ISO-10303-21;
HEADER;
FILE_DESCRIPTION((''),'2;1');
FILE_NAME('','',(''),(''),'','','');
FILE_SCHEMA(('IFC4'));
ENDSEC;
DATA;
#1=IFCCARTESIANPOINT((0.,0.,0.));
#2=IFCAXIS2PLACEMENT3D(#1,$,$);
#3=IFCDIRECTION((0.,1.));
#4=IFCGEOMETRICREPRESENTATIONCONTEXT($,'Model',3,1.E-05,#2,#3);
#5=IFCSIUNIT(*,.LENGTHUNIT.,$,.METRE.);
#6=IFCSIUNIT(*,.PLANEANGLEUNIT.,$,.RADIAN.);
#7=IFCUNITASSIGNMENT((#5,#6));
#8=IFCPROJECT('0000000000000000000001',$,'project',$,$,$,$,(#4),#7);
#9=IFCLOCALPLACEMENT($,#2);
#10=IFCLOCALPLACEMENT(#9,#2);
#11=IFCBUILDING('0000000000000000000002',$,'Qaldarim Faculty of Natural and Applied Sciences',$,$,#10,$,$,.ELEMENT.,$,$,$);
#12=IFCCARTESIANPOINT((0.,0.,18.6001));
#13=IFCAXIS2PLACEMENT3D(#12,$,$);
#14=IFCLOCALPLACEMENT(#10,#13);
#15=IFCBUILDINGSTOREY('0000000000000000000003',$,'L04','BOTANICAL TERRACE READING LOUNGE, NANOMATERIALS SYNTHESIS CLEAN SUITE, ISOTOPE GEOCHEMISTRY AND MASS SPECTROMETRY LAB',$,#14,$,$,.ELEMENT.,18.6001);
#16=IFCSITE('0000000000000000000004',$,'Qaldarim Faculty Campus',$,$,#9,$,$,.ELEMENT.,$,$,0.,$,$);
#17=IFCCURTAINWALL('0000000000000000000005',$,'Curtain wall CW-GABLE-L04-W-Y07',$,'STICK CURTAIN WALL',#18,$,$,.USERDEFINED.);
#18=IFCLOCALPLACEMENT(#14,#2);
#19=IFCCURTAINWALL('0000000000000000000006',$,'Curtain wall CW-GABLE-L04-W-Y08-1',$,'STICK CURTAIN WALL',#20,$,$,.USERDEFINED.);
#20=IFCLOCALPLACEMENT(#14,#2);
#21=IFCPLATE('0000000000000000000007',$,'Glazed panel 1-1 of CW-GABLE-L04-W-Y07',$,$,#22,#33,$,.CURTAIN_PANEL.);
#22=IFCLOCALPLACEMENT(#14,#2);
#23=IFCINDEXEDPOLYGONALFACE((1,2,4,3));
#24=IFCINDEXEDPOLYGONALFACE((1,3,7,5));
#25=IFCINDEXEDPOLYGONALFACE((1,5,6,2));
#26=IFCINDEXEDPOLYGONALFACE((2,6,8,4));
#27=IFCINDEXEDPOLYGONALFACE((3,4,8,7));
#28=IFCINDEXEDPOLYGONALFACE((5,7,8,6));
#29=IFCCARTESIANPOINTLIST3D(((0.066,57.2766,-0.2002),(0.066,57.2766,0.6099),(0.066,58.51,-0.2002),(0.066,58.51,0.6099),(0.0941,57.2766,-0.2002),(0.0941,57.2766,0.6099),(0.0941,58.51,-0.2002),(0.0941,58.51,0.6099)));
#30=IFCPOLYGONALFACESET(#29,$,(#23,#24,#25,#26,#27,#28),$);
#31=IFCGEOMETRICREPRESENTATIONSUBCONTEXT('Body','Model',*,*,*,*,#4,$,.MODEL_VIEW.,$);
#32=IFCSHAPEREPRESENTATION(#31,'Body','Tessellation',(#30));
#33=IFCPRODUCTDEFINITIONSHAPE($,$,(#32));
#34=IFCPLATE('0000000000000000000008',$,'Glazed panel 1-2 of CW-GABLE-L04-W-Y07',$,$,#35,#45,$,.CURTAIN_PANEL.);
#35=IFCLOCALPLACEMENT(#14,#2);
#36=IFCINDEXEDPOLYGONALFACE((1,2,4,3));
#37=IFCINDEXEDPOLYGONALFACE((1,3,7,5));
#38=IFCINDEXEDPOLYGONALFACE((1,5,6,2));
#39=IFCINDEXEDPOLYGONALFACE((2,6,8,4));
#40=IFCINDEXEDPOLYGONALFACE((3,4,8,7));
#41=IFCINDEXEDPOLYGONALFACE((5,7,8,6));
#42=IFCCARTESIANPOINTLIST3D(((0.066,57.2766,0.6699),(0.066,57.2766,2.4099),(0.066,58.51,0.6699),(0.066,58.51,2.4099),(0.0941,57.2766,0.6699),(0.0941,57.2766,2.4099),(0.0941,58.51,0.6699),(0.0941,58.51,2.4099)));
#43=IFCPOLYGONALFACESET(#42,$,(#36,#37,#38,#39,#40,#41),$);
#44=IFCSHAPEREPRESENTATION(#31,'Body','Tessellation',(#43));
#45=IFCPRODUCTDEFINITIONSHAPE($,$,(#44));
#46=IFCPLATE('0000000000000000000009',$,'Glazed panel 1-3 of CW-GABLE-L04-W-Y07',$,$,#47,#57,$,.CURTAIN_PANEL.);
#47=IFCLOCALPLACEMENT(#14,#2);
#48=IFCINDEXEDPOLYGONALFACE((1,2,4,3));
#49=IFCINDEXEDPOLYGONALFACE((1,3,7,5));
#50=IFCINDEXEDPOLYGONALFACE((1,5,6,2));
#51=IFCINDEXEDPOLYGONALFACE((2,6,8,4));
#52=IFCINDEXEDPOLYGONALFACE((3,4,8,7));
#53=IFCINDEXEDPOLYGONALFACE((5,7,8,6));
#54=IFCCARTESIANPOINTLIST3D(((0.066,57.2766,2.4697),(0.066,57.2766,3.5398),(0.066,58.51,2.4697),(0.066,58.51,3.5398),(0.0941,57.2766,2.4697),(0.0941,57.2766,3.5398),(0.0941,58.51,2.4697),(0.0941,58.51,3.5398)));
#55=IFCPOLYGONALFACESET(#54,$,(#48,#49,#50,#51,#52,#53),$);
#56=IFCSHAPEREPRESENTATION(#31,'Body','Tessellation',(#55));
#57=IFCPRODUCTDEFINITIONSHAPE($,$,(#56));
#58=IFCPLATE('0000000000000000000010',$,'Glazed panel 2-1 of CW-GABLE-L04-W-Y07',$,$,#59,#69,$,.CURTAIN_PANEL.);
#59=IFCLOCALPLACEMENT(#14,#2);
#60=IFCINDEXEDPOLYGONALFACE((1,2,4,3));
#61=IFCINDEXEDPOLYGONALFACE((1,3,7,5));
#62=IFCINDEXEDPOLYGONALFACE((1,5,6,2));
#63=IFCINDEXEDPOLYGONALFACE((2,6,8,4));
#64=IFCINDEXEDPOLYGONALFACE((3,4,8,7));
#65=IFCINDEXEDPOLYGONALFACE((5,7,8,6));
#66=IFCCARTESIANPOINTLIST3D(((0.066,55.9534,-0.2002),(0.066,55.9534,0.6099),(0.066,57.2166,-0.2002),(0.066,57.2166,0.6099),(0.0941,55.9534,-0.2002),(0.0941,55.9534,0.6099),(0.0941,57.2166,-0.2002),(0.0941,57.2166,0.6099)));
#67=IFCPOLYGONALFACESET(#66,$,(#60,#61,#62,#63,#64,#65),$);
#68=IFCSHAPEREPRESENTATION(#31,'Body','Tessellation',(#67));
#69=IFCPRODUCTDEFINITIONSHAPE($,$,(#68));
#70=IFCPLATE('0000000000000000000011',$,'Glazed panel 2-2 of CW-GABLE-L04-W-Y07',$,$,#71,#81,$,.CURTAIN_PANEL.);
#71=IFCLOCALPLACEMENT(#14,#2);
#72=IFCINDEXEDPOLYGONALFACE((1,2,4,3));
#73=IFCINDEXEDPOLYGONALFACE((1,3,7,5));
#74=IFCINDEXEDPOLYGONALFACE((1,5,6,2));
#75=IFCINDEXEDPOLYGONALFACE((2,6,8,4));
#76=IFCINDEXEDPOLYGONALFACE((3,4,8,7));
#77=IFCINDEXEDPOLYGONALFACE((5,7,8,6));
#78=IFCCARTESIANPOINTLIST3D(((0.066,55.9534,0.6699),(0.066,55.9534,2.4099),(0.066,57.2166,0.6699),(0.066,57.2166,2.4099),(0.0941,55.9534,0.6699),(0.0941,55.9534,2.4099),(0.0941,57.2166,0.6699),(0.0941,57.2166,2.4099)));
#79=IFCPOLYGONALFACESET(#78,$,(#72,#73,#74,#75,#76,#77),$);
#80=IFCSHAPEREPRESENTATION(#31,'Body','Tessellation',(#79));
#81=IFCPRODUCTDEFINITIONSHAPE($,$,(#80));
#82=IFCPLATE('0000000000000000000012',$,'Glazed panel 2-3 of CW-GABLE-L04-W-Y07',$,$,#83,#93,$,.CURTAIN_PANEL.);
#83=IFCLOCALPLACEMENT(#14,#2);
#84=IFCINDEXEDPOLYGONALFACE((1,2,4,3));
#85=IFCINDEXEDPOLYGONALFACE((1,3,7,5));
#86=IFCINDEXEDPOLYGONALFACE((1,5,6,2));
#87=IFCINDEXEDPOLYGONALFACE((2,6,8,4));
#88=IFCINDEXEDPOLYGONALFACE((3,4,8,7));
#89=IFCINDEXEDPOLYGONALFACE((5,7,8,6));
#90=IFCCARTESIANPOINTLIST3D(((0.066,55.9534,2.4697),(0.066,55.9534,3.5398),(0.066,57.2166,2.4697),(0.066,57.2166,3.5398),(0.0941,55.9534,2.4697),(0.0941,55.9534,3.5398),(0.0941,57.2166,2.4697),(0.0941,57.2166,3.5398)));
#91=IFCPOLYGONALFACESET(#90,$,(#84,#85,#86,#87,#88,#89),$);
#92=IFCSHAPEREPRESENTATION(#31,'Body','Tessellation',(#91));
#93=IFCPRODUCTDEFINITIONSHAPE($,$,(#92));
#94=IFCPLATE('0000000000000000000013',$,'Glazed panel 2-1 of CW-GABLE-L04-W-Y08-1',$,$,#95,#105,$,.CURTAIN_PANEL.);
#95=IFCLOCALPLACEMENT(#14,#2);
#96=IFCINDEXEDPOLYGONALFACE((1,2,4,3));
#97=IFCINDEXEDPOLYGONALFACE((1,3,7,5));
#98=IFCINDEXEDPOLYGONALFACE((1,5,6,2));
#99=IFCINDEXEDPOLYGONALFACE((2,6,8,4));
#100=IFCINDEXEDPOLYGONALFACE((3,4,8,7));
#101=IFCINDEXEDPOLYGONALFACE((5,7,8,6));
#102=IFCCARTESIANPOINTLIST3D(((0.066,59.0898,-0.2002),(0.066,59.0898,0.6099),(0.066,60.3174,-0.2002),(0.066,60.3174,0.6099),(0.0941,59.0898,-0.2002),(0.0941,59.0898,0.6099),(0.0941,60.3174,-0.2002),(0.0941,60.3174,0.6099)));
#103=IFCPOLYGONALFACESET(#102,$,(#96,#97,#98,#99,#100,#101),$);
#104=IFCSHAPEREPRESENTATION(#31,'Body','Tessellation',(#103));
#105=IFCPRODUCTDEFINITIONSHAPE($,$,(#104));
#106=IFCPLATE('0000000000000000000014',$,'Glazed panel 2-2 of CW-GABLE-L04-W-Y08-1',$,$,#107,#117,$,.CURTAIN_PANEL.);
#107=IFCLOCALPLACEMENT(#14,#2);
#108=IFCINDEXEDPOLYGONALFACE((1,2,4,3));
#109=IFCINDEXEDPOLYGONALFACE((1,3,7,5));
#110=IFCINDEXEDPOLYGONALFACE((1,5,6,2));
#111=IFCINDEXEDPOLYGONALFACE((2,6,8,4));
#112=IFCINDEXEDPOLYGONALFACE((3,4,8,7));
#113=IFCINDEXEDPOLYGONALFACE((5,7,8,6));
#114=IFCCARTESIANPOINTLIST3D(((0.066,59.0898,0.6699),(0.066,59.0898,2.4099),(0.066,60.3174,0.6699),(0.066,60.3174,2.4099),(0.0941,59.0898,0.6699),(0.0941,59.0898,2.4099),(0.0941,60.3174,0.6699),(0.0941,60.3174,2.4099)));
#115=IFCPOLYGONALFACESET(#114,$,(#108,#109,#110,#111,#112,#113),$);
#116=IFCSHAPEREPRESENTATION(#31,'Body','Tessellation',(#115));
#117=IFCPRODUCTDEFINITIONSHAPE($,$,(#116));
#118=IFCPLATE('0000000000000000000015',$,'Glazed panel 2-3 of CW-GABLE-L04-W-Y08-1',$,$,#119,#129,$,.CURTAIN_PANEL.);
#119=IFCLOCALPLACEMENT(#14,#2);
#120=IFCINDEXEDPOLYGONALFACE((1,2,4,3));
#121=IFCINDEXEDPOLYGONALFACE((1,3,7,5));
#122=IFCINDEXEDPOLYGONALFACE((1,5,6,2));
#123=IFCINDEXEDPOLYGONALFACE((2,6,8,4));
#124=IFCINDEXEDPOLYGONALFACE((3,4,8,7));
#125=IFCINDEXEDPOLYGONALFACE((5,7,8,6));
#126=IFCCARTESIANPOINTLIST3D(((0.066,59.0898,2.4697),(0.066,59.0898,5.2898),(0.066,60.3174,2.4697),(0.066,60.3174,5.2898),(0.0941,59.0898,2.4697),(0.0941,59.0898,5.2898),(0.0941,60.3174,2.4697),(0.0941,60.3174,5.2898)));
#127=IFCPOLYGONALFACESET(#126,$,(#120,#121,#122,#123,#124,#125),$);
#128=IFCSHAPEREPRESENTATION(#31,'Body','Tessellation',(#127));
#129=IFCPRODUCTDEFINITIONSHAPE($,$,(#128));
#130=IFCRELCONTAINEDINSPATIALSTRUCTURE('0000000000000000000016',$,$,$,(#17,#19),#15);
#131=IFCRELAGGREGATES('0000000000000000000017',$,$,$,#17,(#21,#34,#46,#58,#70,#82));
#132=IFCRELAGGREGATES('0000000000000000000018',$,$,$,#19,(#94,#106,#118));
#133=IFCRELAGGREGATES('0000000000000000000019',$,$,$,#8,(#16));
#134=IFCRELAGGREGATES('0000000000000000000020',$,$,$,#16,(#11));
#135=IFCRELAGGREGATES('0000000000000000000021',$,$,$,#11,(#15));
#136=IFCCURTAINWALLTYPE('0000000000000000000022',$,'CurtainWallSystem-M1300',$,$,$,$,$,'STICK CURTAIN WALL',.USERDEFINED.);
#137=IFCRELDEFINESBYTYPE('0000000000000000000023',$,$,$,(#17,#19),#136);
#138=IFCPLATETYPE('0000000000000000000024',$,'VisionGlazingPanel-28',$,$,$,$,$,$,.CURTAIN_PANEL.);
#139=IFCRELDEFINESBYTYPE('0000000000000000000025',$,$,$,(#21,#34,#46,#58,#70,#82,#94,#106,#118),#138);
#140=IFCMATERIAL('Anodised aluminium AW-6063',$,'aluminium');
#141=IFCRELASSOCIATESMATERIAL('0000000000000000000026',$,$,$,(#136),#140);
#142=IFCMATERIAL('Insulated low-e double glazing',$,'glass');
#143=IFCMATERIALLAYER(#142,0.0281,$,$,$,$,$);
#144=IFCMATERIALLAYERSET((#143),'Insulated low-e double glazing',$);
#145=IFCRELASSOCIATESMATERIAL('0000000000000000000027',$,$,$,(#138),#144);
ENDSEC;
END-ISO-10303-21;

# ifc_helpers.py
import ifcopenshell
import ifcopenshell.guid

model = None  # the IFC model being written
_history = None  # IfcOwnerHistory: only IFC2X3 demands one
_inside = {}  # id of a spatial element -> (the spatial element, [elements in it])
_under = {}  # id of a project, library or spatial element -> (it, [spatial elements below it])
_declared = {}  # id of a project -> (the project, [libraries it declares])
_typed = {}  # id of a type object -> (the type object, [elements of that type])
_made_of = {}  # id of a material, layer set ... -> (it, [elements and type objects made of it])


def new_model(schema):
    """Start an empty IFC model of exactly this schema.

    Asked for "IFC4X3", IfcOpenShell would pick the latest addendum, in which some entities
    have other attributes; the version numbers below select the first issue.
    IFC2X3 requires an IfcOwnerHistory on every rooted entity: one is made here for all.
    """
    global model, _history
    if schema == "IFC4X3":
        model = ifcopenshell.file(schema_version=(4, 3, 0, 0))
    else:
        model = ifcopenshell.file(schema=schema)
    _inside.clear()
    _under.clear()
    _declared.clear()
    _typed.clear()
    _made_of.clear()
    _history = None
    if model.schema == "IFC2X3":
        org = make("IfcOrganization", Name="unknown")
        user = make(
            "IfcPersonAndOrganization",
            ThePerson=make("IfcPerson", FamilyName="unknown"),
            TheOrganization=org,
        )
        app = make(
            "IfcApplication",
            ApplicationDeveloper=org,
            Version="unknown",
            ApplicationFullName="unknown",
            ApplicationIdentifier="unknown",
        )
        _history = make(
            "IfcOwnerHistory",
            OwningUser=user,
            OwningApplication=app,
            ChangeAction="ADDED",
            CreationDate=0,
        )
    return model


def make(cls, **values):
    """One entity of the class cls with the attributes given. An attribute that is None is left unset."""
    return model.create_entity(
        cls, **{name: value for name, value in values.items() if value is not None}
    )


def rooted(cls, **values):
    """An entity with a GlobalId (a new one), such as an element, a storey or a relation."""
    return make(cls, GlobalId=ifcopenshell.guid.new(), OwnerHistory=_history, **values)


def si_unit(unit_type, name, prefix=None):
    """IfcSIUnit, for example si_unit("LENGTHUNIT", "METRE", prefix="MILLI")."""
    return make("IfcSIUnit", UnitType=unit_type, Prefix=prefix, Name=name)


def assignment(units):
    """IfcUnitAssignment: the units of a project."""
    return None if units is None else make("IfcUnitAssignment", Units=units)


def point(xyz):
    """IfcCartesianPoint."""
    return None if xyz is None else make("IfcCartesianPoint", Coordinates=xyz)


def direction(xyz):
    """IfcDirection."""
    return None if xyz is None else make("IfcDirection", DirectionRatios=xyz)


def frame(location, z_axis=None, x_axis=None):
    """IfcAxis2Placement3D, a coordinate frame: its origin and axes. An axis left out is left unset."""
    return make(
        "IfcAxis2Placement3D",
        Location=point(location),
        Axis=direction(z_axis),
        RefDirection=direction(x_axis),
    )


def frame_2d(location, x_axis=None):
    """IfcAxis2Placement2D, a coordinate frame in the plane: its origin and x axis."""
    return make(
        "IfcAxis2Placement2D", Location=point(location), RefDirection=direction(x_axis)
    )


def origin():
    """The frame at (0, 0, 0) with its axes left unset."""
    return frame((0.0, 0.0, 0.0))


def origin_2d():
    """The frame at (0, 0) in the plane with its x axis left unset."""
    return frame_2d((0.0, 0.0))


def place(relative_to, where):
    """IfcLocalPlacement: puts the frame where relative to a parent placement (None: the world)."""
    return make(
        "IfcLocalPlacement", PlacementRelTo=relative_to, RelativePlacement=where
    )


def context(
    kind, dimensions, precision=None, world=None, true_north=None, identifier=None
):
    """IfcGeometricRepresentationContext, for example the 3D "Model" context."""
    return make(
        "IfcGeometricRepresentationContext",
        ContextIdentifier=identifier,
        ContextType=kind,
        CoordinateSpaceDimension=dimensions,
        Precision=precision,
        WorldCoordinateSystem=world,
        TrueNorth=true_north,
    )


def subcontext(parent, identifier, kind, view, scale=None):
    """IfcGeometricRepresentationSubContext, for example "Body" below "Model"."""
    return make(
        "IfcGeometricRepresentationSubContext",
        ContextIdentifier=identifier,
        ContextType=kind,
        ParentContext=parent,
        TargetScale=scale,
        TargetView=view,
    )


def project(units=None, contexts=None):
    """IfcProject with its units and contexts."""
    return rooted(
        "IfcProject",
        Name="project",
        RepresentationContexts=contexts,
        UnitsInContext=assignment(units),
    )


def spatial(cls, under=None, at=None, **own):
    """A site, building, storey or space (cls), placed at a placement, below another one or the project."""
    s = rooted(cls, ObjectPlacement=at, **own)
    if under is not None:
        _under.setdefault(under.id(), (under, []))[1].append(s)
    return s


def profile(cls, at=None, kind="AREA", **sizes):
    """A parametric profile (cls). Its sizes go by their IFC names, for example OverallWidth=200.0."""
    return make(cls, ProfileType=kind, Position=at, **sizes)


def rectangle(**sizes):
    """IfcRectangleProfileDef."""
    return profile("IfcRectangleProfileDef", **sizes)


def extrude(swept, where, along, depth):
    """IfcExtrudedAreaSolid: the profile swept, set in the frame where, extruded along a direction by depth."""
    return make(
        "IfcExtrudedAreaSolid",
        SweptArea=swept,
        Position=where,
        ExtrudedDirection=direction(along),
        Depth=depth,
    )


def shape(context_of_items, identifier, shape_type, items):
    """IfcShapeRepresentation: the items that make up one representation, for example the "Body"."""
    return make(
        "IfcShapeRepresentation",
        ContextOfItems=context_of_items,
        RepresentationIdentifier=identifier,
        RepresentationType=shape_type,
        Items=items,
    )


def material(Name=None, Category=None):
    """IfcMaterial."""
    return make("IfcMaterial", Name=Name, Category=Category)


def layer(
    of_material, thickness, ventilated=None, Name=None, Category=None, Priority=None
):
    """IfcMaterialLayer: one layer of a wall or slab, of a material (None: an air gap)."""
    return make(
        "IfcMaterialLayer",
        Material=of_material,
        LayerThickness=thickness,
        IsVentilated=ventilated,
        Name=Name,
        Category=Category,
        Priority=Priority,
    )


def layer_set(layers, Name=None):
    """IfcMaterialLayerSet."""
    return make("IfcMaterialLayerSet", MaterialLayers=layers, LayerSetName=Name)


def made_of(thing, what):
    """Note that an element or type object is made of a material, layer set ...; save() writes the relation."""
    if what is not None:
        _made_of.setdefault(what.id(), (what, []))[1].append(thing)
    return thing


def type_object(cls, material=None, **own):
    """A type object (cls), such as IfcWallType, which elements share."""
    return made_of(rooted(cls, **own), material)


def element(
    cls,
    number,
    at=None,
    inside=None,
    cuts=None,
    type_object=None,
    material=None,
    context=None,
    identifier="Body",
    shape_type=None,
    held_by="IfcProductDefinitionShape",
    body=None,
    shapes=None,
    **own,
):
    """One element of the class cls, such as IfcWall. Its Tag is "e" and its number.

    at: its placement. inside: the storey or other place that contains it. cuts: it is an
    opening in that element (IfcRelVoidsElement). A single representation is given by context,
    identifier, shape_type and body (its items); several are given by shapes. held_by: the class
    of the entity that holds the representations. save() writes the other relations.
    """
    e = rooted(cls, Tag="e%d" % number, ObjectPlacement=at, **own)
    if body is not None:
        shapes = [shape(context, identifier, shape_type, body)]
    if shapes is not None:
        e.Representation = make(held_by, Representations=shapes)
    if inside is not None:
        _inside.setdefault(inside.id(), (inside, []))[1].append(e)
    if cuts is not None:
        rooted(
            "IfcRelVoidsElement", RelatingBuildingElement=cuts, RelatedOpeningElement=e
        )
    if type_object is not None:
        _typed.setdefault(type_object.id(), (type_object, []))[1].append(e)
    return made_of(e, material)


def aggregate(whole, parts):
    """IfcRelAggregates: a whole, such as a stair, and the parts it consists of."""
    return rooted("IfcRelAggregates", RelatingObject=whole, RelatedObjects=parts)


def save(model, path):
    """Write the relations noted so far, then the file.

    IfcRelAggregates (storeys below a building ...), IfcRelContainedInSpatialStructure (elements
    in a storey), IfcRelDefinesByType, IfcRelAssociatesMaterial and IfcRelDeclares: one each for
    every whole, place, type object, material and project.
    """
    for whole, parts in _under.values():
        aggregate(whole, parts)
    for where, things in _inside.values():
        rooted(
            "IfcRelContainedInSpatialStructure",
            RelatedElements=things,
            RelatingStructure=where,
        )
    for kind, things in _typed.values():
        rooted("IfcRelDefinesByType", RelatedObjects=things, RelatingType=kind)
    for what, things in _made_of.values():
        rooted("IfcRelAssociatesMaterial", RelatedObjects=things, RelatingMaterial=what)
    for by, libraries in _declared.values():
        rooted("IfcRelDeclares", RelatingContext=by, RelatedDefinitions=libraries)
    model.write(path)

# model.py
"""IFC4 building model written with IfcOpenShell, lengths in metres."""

from ifc_helpers import new_model, si_unit, direction, frame, origin, origin_2d, place, context, subcontext, project, spatial, rectangle, extrude, material, layer, layer_set, type_object, element, aggregate, save


model = new_model("IFC4")

# Units and contexts
model_context = context("Model", 3, precision=1e-05, world=origin(), true_north=direction((0.0, 1.0)))
body_context = subcontext(model_context, "Body", "Model", "MODEL_VIEW")
ifc_project = project(units=[si_unit("LENGTHUNIT", "METRE"), si_unit("PLANEANGLEUNIT", "RADIAN")], contexts=[model_context])

# Site, building, storey
site_placement = place(None, origin())
site = spatial("IfcSite", under=ifc_project, at=site_placement, Name="Qaldarim Faculty Campus", CompositionType="ELEMENT", RefElevation=0.0)
building_placement = place(site_placement, origin())
building = spatial("IfcBuilding", under=site, at=building_placement, Name="Qaldarim Faculty of Natural and Applied Sciences", CompositionType="ELEMENT")
storey_placement = place(building_placement, frame((0.0, 0.0, 18.6001)))
storey = spatial("IfcBuildingStorey", under=building, at=storey_placement, Name="L04", Description="BOTANICAL TERRACE READING LOUNGE, NANOMATERIALS SYNTHESIS CLEAN SUITE, ISOTOPE GEOCHEMISTRY AND MASS SPECTROMETRY LAB", CompositionType="ELEMENT", Elevation=18.6001)

# Curtain wall
ifc_material_1 = material(Name="Anodised aluminium AW-6063", Category="aluminium")
curtain_wall_type = type_object("IfcCurtainWallType", Name="CurtainWallSystem-M1300", ElementType="STICK CURTAIN WALL", PredefinedType="USERDEFINED", material=ifc_material_1)
curtain_wall_1_placement = place(storey_placement, origin())
curtain_wall_1 = element("IfcCurtainWall", 1, at=curtain_wall_1_placement, inside=storey, type_object=curtain_wall_type, Name="Curtain wall CW-GABLE-L04-W-Y07", ObjectType="STICK CURTAIN WALL", PredefinedType="USERDEFINED")

# Curtain wall
curtain_wall_2_placement = place(storey_placement, origin())
curtain_wall_2 = element("IfcCurtainWall", 2, at=curtain_wall_2_placement, inside=storey, type_object=curtain_wall_type, Name="Curtain wall CW-GABLE-L04-W-Y08-1", ObjectType="STICK CURTAIN WALL", PredefinedType="USERDEFINED")

# Plates
ifc_material_2 = material(Name="Insulated low-e double glazing", Category="glass")
ifc_layer = layer(ifc_material_2, 0.0281)
ifc_layer_set = layer_set([ifc_layer], Name="Insulated low-e double glazing")
plate_type = type_object("IfcPlateType", Name="VisionGlazingPanel-28", PredefinedType="CURTAIN_PANEL", material=ifc_layer_set)
plate_1_placement = place(storey_placement, frame((0.0801, 57.8933, -0.2002), z_axis=(0.0, 0.0, 1.0), x_axis=(0.0, -1.0, 0.0)))
plate_1 = element("IfcPlate", 3, at=plate_1_placement, type_object=plate_type, Name="Glazed panel 1-1 of CW-GABLE-L04-W-Y07", PredefinedType="CURTAIN_PANEL", context=body_context, shape_type="SweptSolid", body=[
    extrude(rectangle(XDim=1.2334, YDim=0.0281, at=origin_2d()), origin(), (0.0, 0.0, 1.0), 0.8101),
])
plate_2_placement = place(storey_placement, frame((0.0801, 57.8933, 0.6699), z_axis=(0.0, 0.0, 1.0), x_axis=(0.0, -1.0, 0.0)))
plate_2 = element("IfcPlate", 4, at=plate_2_placement, type_object=plate_type, Name="Glazed panel 1-2 of CW-GABLE-L04-W-Y07", PredefinedType="CURTAIN_PANEL", context=body_context, shape_type="SweptSolid", body=[
    extrude(rectangle(XDim=1.2334, YDim=0.0281, at=origin_2d()), origin(), (0.0, 0.0, 1.0), 1.74),
])
plate_3_placement = place(storey_placement, frame((0.0801, 57.8933, 2.4697), z_axis=(0.0, 0.0, 1.0), x_axis=(0.0, -1.0, 0.0)))
plate_3 = element("IfcPlate", 5, at=plate_3_placement, type_object=plate_type, Name="Glazed panel 1-3 of CW-GABLE-L04-W-Y07", PredefinedType="CURTAIN_PANEL", context=body_context, shape_type="SweptSolid", body=[
    extrude(rectangle(XDim=1.2334, YDim=0.0281, at=origin_2d()), origin(), (0.0, 0.0, 1.0), 1.0701),
])
plate_4_placement = place(storey_placement, frame((0.0801, 56.585, -0.2002), z_axis=(0.0, 0.0, 1.0), x_axis=(0.0, -1.0, 0.0)))
plate_4 = element("IfcPlate", 6, at=plate_4_placement, type_object=plate_type, Name="Glazed panel 2-1 of CW-GABLE-L04-W-Y07", PredefinedType="CURTAIN_PANEL", context=body_context, shape_type="SweptSolid", body=[
    extrude(rectangle(XDim=1.2632, YDim=0.0281, at=origin_2d()), origin(), (0.0, 0.0, 1.0), 0.8101),
])
plate_5_placement = place(storey_placement, frame((0.0801, 56.585, 0.6699), z_axis=(0.0, 0.0, 1.0), x_axis=(0.0, -1.0, 0.0)))
plate_5 = element("IfcPlate", 7, at=plate_5_placement, type_object=plate_type, Name="Glazed panel 2-2 of CW-GABLE-L04-W-Y07", PredefinedType="CURTAIN_PANEL", context=body_context, shape_type="SweptSolid", body=[
    extrude(rectangle(XDim=1.2632, YDim=0.0281, at=origin_2d()), origin(), (0.0, 0.0, 1.0), 1.74),
])
plate_6_placement = place(storey_placement, frame((0.0801, 56.585, 2.4697), z_axis=(0.0, 0.0, 1.0), x_axis=(0.0, -1.0, 0.0)))
plate_6 = element("IfcPlate", 8, at=plate_6_placement, type_object=plate_type, Name="Glazed panel 2-3 of CW-GABLE-L04-W-Y07", PredefinedType="CURTAIN_PANEL", context=body_context, shape_type="SweptSolid", body=[
    extrude(rectangle(XDim=1.2632, YDim=0.0281, at=origin_2d()), origin(), (0.0, 0.0, 1.0), 1.0701),
])
aggregate(curtain_wall_1, [plate_1, plate_2, plate_3, plate_4, plate_5, plate_6])
plate_7_placement = place(storey_placement, frame((0.0801, 59.7036, -0.2002), z_axis=(0.0, 0.0, 1.0), x_axis=(0.0, -1.0, 0.0)))
plate_7 = element("IfcPlate", 9, at=plate_7_placement, type_object=plate_type, Name="Glazed panel 2-1 of CW-GABLE-L04-W-Y08-1", PredefinedType="CURTAIN_PANEL", context=body_context, shape_type="SweptSolid", body=[
    extrude(rectangle(XDim=1.2275, YDim=0.0281, at=origin_2d()), origin(), (0.0, 0.0, 1.0), 0.8101),
])
plate_8_placement = place(storey_placement, frame((0.0801, 59.7036, 0.6699), z_axis=(0.0, 0.0, 1.0), x_axis=(0.0, -1.0, 0.0)))
plate_8 = element("IfcPlate", 10, at=plate_8_placement, type_object=plate_type, Name="Glazed panel 2-2 of CW-GABLE-L04-W-Y08-1", PredefinedType="CURTAIN_PANEL", context=body_context, shape_type="SweptSolid", body=[
    extrude(rectangle(XDim=1.2275, YDim=0.0281, at=origin_2d()), origin(), (0.0, 0.0, 1.0), 1.74),
])
plate_9_placement = place(storey_placement, frame((0.0801, 59.7036, 2.4697), z_axis=(0.0, 0.0, 1.0), x_axis=(0.0, -1.0, 0.0)))
plate_9 = element("IfcPlate", 11, at=plate_9_placement, type_object=plate_type, Name="Glazed panel 2-3 of CW-GABLE-L04-W-Y08-1", PredefinedType="CURTAIN_PANEL", context=body_context, shape_type="SweptSolid", body=[
    extrude(rectangle(XDim=1.2275, YDim=0.0281, at=origin_2d()), origin(), (0.0, 0.0, 1.0), 2.8201),
])
aggregate(curtain_wall_2, [plate_7, plate_8, plate_9])

save(model, "model.ifc")
